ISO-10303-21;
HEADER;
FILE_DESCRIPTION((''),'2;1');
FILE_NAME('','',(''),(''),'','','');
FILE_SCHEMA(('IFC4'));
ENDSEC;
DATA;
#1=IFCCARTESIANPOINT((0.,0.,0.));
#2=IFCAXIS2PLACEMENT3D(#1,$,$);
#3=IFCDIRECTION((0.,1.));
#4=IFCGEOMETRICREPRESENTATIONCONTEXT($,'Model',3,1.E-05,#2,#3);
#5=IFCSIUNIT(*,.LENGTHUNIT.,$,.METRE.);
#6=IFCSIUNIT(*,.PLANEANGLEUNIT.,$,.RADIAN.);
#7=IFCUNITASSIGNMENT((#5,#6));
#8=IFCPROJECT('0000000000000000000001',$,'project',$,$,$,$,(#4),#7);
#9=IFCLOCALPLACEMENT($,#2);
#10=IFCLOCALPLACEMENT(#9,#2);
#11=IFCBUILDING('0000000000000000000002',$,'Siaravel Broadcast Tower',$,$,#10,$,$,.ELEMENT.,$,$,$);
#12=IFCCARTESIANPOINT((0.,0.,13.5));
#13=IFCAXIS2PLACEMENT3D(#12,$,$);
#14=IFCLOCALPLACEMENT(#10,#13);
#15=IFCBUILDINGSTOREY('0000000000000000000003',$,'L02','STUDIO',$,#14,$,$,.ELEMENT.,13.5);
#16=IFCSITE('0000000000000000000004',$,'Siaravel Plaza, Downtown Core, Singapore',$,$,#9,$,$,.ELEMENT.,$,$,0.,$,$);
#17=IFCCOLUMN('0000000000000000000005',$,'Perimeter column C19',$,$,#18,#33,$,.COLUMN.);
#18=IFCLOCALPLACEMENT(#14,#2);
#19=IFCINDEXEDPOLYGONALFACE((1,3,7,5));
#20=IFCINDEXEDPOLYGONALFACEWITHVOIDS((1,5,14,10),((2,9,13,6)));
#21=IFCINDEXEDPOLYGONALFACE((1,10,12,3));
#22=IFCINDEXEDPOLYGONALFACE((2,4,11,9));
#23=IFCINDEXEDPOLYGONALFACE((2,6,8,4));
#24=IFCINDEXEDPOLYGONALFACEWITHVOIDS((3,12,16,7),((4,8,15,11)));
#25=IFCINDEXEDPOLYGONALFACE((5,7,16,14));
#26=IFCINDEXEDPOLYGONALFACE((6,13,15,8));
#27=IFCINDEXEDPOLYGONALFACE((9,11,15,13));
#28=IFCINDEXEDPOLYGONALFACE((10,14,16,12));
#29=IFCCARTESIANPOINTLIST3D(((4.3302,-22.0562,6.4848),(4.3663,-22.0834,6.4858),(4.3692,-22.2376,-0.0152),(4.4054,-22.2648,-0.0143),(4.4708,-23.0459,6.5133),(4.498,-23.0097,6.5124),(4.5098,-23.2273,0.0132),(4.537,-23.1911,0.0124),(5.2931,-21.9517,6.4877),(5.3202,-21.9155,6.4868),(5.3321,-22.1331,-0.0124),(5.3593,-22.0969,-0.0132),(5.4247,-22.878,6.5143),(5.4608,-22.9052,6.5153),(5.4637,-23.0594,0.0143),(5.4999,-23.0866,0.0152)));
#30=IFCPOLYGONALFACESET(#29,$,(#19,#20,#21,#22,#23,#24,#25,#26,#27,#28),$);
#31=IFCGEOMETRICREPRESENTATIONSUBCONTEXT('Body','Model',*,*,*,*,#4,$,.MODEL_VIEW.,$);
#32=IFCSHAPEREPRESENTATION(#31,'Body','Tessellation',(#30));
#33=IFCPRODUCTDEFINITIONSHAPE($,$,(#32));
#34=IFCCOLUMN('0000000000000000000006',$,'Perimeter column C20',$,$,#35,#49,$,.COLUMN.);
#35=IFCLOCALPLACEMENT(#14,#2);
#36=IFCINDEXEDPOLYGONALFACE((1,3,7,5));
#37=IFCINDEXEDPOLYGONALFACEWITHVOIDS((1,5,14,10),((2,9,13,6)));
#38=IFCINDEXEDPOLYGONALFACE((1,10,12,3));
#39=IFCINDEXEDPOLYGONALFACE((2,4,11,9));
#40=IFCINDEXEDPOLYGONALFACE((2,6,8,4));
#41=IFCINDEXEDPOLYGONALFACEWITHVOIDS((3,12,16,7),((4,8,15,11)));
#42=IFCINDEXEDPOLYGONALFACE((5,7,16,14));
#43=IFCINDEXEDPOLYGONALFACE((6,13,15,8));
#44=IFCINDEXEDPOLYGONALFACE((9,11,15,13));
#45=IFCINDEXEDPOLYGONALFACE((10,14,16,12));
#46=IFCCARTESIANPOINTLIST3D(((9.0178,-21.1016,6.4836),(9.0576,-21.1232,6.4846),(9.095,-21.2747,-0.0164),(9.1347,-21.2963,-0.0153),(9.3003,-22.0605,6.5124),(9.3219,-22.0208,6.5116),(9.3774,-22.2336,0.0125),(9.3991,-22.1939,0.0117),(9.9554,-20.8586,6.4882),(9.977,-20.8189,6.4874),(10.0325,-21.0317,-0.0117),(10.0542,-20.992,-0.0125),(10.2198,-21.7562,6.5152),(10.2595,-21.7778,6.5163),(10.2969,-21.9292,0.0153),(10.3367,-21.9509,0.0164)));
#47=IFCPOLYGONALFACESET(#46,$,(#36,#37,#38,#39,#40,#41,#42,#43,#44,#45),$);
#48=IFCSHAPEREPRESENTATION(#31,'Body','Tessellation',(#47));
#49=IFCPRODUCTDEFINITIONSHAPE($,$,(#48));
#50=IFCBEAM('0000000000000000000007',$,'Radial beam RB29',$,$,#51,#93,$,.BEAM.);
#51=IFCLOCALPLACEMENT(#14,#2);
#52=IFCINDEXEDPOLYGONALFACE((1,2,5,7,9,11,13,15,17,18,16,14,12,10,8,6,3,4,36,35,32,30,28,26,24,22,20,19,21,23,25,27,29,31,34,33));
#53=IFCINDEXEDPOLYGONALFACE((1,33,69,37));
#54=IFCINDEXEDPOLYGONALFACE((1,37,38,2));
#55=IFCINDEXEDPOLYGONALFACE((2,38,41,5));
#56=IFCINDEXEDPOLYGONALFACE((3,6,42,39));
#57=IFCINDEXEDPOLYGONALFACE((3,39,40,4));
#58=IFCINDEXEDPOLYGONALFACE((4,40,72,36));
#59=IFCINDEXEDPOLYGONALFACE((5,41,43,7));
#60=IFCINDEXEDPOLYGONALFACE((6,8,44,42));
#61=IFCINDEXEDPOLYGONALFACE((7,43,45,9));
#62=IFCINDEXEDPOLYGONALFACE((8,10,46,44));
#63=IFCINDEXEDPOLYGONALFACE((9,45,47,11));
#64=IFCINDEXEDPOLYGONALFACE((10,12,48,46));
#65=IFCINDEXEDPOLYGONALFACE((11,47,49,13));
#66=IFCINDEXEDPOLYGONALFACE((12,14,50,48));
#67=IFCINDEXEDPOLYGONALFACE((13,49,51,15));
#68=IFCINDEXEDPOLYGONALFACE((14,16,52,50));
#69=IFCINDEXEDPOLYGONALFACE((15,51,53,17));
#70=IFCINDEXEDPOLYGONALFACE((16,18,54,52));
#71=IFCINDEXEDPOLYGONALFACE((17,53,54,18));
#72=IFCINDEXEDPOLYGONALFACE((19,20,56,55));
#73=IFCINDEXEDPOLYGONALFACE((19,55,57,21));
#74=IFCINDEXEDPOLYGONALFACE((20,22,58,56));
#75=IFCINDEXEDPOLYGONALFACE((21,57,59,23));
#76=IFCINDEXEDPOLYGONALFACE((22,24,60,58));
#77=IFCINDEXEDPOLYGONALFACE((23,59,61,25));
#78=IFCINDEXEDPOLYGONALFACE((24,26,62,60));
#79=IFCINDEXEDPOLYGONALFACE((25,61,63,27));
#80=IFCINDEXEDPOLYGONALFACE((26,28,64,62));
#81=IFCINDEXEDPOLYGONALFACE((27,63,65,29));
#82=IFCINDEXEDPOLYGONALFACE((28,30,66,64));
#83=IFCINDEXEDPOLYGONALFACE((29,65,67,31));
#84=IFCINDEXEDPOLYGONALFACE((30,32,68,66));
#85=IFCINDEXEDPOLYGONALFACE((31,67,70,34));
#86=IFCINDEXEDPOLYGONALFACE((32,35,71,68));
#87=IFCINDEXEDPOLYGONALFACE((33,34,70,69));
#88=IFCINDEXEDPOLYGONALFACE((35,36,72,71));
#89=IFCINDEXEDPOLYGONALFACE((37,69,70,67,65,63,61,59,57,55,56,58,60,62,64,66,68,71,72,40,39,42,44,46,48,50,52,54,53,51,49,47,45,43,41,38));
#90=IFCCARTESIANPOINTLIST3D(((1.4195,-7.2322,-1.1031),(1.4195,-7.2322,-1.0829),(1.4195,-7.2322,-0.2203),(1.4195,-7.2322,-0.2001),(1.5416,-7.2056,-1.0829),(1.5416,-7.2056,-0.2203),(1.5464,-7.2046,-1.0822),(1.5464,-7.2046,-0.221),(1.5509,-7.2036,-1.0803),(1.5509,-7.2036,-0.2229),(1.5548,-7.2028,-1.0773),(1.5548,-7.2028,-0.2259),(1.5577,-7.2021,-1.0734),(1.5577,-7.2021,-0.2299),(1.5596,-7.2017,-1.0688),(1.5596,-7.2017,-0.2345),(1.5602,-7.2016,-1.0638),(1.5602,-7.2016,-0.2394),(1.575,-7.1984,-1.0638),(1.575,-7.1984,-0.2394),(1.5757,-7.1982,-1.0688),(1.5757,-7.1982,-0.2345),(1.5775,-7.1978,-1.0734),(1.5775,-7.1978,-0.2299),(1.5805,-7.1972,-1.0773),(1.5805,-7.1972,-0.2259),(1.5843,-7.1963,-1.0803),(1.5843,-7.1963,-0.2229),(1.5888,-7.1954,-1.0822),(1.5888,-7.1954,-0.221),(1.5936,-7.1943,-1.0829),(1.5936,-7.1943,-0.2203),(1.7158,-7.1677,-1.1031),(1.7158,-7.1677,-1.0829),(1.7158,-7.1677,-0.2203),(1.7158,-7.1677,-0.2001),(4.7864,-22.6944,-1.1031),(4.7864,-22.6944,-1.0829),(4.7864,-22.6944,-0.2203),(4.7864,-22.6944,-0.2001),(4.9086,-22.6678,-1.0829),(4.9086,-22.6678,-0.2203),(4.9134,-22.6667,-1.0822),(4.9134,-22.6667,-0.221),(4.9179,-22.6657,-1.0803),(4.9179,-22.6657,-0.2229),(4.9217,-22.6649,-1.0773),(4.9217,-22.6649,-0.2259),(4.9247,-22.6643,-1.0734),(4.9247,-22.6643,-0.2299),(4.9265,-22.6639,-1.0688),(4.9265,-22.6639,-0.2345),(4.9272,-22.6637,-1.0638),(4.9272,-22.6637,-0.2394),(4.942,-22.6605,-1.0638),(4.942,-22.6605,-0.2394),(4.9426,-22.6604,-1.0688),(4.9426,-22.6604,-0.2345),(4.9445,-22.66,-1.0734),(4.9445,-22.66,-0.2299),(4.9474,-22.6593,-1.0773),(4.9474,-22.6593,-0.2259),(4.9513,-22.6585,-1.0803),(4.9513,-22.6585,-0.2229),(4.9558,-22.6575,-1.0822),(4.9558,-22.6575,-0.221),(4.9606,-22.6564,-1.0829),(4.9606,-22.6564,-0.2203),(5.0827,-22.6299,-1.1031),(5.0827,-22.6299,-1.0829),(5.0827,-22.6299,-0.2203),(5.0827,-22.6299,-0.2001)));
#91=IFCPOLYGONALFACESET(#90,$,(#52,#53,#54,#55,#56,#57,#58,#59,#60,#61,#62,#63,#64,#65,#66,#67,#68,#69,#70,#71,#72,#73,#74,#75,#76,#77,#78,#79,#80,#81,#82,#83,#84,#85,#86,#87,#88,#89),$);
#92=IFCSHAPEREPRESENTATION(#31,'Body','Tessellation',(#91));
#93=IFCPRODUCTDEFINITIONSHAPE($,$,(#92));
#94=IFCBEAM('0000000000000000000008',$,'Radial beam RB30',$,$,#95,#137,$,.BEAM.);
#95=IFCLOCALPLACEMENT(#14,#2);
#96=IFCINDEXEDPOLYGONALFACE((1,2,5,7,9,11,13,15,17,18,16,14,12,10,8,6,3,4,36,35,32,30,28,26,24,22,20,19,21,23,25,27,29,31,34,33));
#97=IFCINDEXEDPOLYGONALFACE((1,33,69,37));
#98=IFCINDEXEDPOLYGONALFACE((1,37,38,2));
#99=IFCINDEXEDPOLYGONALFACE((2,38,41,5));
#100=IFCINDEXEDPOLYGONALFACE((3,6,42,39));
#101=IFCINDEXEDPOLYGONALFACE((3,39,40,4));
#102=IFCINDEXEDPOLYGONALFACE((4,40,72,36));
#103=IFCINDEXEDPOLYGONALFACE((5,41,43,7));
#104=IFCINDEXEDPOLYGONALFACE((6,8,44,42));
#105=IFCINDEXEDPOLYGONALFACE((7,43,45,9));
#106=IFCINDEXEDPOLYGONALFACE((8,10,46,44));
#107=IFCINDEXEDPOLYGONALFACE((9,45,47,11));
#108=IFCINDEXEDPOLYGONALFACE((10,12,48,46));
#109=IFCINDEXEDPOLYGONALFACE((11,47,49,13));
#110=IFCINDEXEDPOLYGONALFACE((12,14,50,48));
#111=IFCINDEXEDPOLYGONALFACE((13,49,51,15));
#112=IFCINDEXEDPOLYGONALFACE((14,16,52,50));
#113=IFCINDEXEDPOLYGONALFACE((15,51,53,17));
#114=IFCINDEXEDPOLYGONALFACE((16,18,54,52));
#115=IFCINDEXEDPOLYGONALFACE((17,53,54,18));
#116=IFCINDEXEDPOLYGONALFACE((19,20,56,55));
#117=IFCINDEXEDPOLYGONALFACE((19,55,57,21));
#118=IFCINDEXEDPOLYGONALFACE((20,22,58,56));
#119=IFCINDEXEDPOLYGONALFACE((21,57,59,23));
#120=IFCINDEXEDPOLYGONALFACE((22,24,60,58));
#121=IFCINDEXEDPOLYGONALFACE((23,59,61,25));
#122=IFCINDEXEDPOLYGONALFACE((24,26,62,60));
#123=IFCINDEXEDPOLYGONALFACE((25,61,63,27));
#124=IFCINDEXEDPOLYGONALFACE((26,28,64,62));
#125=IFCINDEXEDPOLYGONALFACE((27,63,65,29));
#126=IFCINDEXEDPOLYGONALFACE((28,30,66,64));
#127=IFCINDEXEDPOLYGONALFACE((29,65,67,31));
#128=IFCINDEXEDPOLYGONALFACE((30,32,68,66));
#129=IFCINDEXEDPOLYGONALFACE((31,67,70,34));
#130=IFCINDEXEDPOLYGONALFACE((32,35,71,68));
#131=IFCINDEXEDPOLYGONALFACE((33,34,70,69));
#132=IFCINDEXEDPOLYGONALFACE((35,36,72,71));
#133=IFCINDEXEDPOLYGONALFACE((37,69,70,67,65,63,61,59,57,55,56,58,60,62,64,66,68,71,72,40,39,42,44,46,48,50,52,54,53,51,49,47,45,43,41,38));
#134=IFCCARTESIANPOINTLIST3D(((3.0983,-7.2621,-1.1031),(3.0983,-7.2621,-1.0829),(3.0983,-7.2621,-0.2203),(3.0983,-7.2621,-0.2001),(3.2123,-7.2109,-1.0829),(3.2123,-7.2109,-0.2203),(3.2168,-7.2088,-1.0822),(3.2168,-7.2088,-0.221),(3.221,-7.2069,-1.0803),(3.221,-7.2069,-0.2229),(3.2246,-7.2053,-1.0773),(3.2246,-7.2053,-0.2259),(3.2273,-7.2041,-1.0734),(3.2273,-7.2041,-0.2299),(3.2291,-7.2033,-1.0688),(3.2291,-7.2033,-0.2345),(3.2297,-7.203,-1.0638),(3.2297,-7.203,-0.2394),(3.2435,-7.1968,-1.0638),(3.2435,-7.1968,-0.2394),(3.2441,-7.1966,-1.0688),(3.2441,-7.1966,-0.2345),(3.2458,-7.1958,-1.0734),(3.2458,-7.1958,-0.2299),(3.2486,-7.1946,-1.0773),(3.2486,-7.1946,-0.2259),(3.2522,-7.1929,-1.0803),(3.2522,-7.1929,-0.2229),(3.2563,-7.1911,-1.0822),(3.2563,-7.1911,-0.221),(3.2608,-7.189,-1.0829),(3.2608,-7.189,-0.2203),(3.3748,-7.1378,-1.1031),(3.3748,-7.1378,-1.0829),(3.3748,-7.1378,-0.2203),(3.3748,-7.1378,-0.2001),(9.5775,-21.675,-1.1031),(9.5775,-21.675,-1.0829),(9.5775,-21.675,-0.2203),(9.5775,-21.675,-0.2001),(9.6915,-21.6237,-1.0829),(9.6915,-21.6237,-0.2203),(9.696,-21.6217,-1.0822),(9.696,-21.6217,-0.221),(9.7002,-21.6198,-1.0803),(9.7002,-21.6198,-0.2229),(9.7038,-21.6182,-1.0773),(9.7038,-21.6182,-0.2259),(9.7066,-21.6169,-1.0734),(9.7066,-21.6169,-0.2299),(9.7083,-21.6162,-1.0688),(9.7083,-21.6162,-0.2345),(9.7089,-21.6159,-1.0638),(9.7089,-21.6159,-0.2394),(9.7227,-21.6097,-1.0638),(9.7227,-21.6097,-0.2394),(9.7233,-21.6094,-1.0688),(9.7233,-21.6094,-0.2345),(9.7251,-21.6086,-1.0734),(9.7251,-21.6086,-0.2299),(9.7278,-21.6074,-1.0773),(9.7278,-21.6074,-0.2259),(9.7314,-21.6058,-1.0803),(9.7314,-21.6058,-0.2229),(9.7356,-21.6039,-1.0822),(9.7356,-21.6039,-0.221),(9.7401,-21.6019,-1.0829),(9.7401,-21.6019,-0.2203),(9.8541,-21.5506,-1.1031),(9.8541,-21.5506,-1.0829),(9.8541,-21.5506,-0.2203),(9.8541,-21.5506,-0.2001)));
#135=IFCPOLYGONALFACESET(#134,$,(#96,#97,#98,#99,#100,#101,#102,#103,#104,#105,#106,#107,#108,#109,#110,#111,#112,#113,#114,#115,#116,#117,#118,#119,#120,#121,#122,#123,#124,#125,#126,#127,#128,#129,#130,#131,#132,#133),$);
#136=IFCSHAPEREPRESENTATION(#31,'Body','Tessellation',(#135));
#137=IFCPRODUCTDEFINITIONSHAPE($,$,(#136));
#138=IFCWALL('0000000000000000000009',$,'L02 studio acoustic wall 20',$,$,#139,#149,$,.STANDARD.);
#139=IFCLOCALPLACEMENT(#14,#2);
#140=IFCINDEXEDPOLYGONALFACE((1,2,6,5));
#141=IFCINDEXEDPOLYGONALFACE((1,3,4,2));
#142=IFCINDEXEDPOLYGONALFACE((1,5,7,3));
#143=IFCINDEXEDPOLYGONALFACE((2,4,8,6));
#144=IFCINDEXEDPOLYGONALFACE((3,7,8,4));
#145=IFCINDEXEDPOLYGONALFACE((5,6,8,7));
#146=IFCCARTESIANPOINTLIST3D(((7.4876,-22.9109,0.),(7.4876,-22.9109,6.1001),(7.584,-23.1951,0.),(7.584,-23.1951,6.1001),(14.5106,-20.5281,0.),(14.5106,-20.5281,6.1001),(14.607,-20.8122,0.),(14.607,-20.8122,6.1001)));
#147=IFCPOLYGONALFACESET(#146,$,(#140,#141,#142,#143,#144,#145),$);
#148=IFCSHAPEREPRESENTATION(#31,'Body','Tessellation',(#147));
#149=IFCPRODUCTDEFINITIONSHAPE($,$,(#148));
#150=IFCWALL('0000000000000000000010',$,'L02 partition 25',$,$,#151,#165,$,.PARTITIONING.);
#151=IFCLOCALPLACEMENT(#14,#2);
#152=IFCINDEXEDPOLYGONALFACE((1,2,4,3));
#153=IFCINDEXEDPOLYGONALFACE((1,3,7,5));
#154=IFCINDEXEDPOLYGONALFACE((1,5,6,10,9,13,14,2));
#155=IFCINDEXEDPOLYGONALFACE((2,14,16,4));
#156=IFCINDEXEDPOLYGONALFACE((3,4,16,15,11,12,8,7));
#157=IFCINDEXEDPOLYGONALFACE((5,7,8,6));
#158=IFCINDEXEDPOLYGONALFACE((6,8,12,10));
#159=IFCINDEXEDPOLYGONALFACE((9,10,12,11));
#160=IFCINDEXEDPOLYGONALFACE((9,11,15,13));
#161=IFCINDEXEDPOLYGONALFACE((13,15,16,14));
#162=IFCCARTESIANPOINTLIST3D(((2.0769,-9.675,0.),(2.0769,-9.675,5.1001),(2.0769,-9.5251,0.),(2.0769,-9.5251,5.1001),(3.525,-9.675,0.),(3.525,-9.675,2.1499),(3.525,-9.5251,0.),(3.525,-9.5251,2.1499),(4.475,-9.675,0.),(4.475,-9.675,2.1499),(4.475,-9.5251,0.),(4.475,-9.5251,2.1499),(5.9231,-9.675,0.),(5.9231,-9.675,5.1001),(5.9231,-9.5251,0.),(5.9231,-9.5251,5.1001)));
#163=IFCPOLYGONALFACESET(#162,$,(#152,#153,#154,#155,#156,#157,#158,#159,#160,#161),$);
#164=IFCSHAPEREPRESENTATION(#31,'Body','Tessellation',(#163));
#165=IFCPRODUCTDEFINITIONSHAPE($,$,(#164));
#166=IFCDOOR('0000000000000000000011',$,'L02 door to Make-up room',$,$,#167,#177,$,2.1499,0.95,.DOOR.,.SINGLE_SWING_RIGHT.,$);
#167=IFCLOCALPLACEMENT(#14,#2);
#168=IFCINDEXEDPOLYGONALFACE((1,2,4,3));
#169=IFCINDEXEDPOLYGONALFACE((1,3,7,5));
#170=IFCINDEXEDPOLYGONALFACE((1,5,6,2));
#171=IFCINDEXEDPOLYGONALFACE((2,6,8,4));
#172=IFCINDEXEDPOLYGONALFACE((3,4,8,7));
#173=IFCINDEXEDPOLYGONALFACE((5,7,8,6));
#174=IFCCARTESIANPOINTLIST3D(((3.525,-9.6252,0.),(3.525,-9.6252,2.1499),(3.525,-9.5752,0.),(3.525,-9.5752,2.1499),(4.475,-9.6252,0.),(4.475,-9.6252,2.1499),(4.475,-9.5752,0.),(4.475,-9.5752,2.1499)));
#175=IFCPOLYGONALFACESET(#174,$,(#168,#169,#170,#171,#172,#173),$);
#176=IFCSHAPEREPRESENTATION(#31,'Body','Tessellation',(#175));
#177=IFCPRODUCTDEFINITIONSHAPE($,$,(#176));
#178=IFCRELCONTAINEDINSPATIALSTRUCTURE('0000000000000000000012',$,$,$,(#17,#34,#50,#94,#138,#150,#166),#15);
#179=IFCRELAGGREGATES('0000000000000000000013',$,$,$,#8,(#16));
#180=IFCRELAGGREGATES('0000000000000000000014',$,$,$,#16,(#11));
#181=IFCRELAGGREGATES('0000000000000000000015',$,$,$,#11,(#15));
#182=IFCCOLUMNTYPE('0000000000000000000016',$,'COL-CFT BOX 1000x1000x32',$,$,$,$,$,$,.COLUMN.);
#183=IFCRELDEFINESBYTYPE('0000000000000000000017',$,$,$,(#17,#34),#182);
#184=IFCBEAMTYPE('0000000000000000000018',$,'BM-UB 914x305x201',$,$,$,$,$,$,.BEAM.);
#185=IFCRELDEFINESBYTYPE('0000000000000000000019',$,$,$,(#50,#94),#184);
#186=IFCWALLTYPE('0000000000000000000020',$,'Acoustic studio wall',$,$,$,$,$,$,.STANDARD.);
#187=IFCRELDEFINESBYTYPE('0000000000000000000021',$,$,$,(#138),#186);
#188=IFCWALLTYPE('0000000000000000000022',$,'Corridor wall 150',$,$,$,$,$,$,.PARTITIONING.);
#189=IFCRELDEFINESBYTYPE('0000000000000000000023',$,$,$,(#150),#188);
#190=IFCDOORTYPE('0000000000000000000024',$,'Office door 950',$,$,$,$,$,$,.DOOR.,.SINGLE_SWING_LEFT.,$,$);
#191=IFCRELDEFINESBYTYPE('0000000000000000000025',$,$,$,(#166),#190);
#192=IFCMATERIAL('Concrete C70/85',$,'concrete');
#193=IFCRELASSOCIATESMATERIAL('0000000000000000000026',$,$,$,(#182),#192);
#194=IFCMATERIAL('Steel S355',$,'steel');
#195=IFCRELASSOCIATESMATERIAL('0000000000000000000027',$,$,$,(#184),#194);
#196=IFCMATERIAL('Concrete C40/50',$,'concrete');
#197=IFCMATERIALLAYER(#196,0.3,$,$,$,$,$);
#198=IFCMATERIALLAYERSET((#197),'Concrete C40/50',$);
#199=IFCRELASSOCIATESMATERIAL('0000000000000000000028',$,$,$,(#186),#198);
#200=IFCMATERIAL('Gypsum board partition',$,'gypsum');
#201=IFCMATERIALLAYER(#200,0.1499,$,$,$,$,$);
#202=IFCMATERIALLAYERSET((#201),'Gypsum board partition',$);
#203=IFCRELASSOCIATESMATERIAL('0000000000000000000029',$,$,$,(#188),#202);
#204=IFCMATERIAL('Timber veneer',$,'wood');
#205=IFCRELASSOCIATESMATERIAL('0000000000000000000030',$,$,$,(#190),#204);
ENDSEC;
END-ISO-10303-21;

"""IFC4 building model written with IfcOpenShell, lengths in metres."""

from ifc_helpers import new_model, si_unit, direction, frame, frame_2d, origin, origin_2d, place, context, subcontext, project, spatial, rectangle, hollow_rectangle, i_section, extrude, material, layer, layer_set, material_profile, profile_set, type_object, element, fill, save


model = new_model("IFC4")

# Units and contexts
model_context = context("Model", 3, precision=1e-05, world=origin(), true_north=direction((0.0, 1.0)))
body_context = subcontext(model_context, "Body", "Model", "MODEL_VIEW")
ifc_project = project(units=[si_unit("LENGTHUNIT", "METRE"), si_unit("PLANEANGLEUNIT", "RADIAN")], contexts=[model_context])

# Site, building, storey
site_placement = place(None, origin())
site = spatial("IfcSite", under=ifc_project, at=site_placement, Name="Siaravel Plaza, Downtown Core, Singapore", CompositionType="ELEMENT", RefElevation=0.0)
building_placement = place(site_placement, origin())
building = spatial("IfcBuilding", under=site, at=building_placement, Name="Siaravel Broadcast Tower", CompositionType="ELEMENT")
storey_placement = place(building_placement, frame((0.0, 0.0, 13.5)))
storey = spatial("IfcBuildingStorey", under=building, at=storey_placement, Name="L02", Description="STUDIO", CompositionType="ELEMENT", Elevation=13.5)

# Columns
ifc_material_1 = material(Name="Concrete C70/85", Category="concrete")
ifc_material_profile_1 = material_profile(ifc_material_1, hollow_rectangle(XDim=1.0, YDim=1.0, WallThickness=0.032, at=origin_2d()))
ifc_profile_set_1 = profile_set([ifc_material_profile_1], Name="Concrete C70/85")
column_type = type_object("IfcColumnType", Name="COL-CFT BOX 1000x1000x32", PredefinedType="COLUMN", material=ifc_profile_set_1)
for number, where, z_axis, x_axis, name in (
    (1, (4.9346, -22.6621, 0.0), (-0.006007, 0.027896, 0.999593), (-0.990048, -0.140716, -0.002023), "Perimeter column C19"),
    (2, (9.7158, -21.6128, 0.0), (-0.011864, 0.026619, 0.999575), (-0.959205, -0.282685, -0.003857), "Perimeter column C20"),
):
    element("IfcColumn", number, at=place(storey_placement, frame(where, z_axis=z_axis, x_axis=x_axis)), inside=storey, type_object=column_type, Name=name, PredefinedType="COLUMN", context=body_context, shape_type="SweptSolid", body=[
        extrude(hollow_rectangle(XDim=1.0, YDim=1.0, WallThickness=0.032, at=origin_2d()), origin(), (0.0, 0.0, 1.0), 6.5027),
    ])

# Beams
ifc_material_2 = material(Name="Steel S355", Category="steel")
ifc_material_profile_2 = material_profile(ifc_material_2, i_section(OverallWidth=0.3032, OverallDepth=0.9031, WebThickness=0.0151, FlangeThickness=0.0203, FilletRadius=0.019, at=origin_2d()))
ifc_profile_set_2 = profile_set([ifc_material_profile_2], Name="Steel S355")
beam_type = type_object("IfcBeamType", Name="BM-UB 914x305x201", PredefinedType="BEAM", material=ifc_profile_set_2)
beam_1_placement = place(storey_placement, frame((4.9346, -22.6621, -0.6516), z_axis=(-0.212768, 0.977103, 0.0), x_axis=(-0.977103, -0.212768, 0.0)))
element("IfcBeam", 3, at=beam_1_placement, inside=storey, type_object=beam_type, Name="Radial beam RB29", PredefinedType="BEAM", context=body_context, shape_type="SweptSolid", body=[
    extrude(i_section(OverallWidth=0.3032, OverallDepth=0.9031, WebThickness=0.0151, FlangeThickness=0.0203, FilletRadius=0.019, at=origin_2d()), origin(), (0.0, 0.0, 1.0), 15.8245),
])
beam_2_placement = place(storey_placement, frame((9.7158, -21.6128, -0.6516), z_axis=(-0.410021, 0.912076, 0.0), x_axis=(-0.912076, -0.410021, 0.0)))
element("IfcBeam", 4, at=beam_2_placement, inside=storey, type_object=beam_type, Name="Radial beam RB30", PredefinedType="BEAM", context=body_context, shape_type="SweptSolid", body=[
    extrude(i_section(OverallWidth=0.3032, OverallDepth=0.9031, WebThickness=0.0151, FlangeThickness=0.0203, FilletRadius=0.019, at=origin_2d()), origin(), (0.0, 0.0, 1.0), 15.8022),
])

# Wall
ifc_material_3 = material(Name="Concrete C40/50", Category="concrete")
ifc_layer_1 = layer(ifc_material_3, 0.3)
ifc_layer_set_1 = layer_set([ifc_layer_1], Name="Concrete C40/50")
wall_type_1 = type_object("IfcWallType", Name="Acoustic studio wall", PredefinedType="STANDARD", material=ifc_layer_set_1)
wall_1_placement = place(storey_placement, frame((7.5359, -23.053, 0.0), z_axis=(0.0, 0.0, 1.0), x_axis=(0.946978, 0.3213, 0.0)))
element("IfcWall", 5, at=wall_1_placement, inside=storey, type_object=wall_type_1, Name="L02 studio acoustic wall 20", PredefinedType="STANDARD", context=body_context, shape_type="SweptSolid", body=[
    extrude(rectangle(XDim=7.4163, YDim=0.3, at=frame_2d((3.708, 0.0))), origin(), (0.0, 0.0, 1.0), 6.1001),
])

# Wall, opening, door
ifc_material_4 = material(Name="Gypsum board partition", Category="gypsum")
ifc_layer_2 = layer(ifc_material_4, 0.1499)
ifc_layer_set_2 = layer_set([ifc_layer_2], Name="Gypsum board partition")
wall_type_2 = type_object("IfcWallType", Name="Corridor wall 150", PredefinedType="PARTITIONING", material=ifc_layer_set_2)
wall_2_placement = place(storey_placement, frame((2.0769, -9.6001, 0.0), z_axis=(0.0, 0.0, 1.0), x_axis=(1.0, 0.0, 0.0)))
wall_2 = element("IfcWall", 6, at=wall_2_placement, inside=storey, type_object=wall_type_2, Name="L02 partition 25", PredefinedType="PARTITIONING", context=body_context, shape_type="SweptSolid", body=[
    extrude(rectangle(XDim=3.8462, YDim=0.1499, at=frame_2d((1.9231, 0.0))), origin(), (0.0, 0.0, 1.0), 5.1001),
])
opening_1_placement = place(wall_2_placement, frame((1.448, 0.0, 0.0)))
opening_1 = element("IfcOpeningElement", 7, at=opening_1_placement, cuts=wall_2, PredefinedType="OPENING", context=body_context, shape_type="SweptSolid", body=[
    extrude(rectangle(XDim=0.95, YDim=2.1499, at=frame_2d((0.4751, 1.075))), frame((0.0, 0.085, 0.0), z_axis=(0.0, -1.0, 0.0), x_axis=(1.0, 0.0, 0.0)), (0.0, 0.0, 1.0), 0.1699),
])
ifc_material_5 = material(Name="Timber veneer", Category="wood")
door_type_1 = type_object("IfcDoorType", Name="Office door 950", OperationType="SINGLE_SWING_LEFT", PredefinedType="DOOR", material=ifc_material_5)
door_1_placement = place(opening_1_placement, origin())
door_1 = element("IfcDoor", 8, at=door_1_placement, inside=storey, type_object=door_type_1, Name="L02 door to Make-up room", OperationType="SINGLE_SWING_RIGHT", OverallHeight=2.1499, OverallWidth=0.95, PredefinedType="DOOR", context=body_context, shape_type="SweptSolid", body=[
    extrude(rectangle(XDim=0.95, YDim=2.1499, at=frame_2d((0.4751, 1.075))), frame((0.0, 0.0249, 0.0), z_axis=(0.0, -1.0, 0.0), x_axis=(1.0, 0.0, 0.0)), (0.0, 0.0, 1.0), 0.05),
])
fill(opening_1, door_1)

save(model, "model.ifc")
